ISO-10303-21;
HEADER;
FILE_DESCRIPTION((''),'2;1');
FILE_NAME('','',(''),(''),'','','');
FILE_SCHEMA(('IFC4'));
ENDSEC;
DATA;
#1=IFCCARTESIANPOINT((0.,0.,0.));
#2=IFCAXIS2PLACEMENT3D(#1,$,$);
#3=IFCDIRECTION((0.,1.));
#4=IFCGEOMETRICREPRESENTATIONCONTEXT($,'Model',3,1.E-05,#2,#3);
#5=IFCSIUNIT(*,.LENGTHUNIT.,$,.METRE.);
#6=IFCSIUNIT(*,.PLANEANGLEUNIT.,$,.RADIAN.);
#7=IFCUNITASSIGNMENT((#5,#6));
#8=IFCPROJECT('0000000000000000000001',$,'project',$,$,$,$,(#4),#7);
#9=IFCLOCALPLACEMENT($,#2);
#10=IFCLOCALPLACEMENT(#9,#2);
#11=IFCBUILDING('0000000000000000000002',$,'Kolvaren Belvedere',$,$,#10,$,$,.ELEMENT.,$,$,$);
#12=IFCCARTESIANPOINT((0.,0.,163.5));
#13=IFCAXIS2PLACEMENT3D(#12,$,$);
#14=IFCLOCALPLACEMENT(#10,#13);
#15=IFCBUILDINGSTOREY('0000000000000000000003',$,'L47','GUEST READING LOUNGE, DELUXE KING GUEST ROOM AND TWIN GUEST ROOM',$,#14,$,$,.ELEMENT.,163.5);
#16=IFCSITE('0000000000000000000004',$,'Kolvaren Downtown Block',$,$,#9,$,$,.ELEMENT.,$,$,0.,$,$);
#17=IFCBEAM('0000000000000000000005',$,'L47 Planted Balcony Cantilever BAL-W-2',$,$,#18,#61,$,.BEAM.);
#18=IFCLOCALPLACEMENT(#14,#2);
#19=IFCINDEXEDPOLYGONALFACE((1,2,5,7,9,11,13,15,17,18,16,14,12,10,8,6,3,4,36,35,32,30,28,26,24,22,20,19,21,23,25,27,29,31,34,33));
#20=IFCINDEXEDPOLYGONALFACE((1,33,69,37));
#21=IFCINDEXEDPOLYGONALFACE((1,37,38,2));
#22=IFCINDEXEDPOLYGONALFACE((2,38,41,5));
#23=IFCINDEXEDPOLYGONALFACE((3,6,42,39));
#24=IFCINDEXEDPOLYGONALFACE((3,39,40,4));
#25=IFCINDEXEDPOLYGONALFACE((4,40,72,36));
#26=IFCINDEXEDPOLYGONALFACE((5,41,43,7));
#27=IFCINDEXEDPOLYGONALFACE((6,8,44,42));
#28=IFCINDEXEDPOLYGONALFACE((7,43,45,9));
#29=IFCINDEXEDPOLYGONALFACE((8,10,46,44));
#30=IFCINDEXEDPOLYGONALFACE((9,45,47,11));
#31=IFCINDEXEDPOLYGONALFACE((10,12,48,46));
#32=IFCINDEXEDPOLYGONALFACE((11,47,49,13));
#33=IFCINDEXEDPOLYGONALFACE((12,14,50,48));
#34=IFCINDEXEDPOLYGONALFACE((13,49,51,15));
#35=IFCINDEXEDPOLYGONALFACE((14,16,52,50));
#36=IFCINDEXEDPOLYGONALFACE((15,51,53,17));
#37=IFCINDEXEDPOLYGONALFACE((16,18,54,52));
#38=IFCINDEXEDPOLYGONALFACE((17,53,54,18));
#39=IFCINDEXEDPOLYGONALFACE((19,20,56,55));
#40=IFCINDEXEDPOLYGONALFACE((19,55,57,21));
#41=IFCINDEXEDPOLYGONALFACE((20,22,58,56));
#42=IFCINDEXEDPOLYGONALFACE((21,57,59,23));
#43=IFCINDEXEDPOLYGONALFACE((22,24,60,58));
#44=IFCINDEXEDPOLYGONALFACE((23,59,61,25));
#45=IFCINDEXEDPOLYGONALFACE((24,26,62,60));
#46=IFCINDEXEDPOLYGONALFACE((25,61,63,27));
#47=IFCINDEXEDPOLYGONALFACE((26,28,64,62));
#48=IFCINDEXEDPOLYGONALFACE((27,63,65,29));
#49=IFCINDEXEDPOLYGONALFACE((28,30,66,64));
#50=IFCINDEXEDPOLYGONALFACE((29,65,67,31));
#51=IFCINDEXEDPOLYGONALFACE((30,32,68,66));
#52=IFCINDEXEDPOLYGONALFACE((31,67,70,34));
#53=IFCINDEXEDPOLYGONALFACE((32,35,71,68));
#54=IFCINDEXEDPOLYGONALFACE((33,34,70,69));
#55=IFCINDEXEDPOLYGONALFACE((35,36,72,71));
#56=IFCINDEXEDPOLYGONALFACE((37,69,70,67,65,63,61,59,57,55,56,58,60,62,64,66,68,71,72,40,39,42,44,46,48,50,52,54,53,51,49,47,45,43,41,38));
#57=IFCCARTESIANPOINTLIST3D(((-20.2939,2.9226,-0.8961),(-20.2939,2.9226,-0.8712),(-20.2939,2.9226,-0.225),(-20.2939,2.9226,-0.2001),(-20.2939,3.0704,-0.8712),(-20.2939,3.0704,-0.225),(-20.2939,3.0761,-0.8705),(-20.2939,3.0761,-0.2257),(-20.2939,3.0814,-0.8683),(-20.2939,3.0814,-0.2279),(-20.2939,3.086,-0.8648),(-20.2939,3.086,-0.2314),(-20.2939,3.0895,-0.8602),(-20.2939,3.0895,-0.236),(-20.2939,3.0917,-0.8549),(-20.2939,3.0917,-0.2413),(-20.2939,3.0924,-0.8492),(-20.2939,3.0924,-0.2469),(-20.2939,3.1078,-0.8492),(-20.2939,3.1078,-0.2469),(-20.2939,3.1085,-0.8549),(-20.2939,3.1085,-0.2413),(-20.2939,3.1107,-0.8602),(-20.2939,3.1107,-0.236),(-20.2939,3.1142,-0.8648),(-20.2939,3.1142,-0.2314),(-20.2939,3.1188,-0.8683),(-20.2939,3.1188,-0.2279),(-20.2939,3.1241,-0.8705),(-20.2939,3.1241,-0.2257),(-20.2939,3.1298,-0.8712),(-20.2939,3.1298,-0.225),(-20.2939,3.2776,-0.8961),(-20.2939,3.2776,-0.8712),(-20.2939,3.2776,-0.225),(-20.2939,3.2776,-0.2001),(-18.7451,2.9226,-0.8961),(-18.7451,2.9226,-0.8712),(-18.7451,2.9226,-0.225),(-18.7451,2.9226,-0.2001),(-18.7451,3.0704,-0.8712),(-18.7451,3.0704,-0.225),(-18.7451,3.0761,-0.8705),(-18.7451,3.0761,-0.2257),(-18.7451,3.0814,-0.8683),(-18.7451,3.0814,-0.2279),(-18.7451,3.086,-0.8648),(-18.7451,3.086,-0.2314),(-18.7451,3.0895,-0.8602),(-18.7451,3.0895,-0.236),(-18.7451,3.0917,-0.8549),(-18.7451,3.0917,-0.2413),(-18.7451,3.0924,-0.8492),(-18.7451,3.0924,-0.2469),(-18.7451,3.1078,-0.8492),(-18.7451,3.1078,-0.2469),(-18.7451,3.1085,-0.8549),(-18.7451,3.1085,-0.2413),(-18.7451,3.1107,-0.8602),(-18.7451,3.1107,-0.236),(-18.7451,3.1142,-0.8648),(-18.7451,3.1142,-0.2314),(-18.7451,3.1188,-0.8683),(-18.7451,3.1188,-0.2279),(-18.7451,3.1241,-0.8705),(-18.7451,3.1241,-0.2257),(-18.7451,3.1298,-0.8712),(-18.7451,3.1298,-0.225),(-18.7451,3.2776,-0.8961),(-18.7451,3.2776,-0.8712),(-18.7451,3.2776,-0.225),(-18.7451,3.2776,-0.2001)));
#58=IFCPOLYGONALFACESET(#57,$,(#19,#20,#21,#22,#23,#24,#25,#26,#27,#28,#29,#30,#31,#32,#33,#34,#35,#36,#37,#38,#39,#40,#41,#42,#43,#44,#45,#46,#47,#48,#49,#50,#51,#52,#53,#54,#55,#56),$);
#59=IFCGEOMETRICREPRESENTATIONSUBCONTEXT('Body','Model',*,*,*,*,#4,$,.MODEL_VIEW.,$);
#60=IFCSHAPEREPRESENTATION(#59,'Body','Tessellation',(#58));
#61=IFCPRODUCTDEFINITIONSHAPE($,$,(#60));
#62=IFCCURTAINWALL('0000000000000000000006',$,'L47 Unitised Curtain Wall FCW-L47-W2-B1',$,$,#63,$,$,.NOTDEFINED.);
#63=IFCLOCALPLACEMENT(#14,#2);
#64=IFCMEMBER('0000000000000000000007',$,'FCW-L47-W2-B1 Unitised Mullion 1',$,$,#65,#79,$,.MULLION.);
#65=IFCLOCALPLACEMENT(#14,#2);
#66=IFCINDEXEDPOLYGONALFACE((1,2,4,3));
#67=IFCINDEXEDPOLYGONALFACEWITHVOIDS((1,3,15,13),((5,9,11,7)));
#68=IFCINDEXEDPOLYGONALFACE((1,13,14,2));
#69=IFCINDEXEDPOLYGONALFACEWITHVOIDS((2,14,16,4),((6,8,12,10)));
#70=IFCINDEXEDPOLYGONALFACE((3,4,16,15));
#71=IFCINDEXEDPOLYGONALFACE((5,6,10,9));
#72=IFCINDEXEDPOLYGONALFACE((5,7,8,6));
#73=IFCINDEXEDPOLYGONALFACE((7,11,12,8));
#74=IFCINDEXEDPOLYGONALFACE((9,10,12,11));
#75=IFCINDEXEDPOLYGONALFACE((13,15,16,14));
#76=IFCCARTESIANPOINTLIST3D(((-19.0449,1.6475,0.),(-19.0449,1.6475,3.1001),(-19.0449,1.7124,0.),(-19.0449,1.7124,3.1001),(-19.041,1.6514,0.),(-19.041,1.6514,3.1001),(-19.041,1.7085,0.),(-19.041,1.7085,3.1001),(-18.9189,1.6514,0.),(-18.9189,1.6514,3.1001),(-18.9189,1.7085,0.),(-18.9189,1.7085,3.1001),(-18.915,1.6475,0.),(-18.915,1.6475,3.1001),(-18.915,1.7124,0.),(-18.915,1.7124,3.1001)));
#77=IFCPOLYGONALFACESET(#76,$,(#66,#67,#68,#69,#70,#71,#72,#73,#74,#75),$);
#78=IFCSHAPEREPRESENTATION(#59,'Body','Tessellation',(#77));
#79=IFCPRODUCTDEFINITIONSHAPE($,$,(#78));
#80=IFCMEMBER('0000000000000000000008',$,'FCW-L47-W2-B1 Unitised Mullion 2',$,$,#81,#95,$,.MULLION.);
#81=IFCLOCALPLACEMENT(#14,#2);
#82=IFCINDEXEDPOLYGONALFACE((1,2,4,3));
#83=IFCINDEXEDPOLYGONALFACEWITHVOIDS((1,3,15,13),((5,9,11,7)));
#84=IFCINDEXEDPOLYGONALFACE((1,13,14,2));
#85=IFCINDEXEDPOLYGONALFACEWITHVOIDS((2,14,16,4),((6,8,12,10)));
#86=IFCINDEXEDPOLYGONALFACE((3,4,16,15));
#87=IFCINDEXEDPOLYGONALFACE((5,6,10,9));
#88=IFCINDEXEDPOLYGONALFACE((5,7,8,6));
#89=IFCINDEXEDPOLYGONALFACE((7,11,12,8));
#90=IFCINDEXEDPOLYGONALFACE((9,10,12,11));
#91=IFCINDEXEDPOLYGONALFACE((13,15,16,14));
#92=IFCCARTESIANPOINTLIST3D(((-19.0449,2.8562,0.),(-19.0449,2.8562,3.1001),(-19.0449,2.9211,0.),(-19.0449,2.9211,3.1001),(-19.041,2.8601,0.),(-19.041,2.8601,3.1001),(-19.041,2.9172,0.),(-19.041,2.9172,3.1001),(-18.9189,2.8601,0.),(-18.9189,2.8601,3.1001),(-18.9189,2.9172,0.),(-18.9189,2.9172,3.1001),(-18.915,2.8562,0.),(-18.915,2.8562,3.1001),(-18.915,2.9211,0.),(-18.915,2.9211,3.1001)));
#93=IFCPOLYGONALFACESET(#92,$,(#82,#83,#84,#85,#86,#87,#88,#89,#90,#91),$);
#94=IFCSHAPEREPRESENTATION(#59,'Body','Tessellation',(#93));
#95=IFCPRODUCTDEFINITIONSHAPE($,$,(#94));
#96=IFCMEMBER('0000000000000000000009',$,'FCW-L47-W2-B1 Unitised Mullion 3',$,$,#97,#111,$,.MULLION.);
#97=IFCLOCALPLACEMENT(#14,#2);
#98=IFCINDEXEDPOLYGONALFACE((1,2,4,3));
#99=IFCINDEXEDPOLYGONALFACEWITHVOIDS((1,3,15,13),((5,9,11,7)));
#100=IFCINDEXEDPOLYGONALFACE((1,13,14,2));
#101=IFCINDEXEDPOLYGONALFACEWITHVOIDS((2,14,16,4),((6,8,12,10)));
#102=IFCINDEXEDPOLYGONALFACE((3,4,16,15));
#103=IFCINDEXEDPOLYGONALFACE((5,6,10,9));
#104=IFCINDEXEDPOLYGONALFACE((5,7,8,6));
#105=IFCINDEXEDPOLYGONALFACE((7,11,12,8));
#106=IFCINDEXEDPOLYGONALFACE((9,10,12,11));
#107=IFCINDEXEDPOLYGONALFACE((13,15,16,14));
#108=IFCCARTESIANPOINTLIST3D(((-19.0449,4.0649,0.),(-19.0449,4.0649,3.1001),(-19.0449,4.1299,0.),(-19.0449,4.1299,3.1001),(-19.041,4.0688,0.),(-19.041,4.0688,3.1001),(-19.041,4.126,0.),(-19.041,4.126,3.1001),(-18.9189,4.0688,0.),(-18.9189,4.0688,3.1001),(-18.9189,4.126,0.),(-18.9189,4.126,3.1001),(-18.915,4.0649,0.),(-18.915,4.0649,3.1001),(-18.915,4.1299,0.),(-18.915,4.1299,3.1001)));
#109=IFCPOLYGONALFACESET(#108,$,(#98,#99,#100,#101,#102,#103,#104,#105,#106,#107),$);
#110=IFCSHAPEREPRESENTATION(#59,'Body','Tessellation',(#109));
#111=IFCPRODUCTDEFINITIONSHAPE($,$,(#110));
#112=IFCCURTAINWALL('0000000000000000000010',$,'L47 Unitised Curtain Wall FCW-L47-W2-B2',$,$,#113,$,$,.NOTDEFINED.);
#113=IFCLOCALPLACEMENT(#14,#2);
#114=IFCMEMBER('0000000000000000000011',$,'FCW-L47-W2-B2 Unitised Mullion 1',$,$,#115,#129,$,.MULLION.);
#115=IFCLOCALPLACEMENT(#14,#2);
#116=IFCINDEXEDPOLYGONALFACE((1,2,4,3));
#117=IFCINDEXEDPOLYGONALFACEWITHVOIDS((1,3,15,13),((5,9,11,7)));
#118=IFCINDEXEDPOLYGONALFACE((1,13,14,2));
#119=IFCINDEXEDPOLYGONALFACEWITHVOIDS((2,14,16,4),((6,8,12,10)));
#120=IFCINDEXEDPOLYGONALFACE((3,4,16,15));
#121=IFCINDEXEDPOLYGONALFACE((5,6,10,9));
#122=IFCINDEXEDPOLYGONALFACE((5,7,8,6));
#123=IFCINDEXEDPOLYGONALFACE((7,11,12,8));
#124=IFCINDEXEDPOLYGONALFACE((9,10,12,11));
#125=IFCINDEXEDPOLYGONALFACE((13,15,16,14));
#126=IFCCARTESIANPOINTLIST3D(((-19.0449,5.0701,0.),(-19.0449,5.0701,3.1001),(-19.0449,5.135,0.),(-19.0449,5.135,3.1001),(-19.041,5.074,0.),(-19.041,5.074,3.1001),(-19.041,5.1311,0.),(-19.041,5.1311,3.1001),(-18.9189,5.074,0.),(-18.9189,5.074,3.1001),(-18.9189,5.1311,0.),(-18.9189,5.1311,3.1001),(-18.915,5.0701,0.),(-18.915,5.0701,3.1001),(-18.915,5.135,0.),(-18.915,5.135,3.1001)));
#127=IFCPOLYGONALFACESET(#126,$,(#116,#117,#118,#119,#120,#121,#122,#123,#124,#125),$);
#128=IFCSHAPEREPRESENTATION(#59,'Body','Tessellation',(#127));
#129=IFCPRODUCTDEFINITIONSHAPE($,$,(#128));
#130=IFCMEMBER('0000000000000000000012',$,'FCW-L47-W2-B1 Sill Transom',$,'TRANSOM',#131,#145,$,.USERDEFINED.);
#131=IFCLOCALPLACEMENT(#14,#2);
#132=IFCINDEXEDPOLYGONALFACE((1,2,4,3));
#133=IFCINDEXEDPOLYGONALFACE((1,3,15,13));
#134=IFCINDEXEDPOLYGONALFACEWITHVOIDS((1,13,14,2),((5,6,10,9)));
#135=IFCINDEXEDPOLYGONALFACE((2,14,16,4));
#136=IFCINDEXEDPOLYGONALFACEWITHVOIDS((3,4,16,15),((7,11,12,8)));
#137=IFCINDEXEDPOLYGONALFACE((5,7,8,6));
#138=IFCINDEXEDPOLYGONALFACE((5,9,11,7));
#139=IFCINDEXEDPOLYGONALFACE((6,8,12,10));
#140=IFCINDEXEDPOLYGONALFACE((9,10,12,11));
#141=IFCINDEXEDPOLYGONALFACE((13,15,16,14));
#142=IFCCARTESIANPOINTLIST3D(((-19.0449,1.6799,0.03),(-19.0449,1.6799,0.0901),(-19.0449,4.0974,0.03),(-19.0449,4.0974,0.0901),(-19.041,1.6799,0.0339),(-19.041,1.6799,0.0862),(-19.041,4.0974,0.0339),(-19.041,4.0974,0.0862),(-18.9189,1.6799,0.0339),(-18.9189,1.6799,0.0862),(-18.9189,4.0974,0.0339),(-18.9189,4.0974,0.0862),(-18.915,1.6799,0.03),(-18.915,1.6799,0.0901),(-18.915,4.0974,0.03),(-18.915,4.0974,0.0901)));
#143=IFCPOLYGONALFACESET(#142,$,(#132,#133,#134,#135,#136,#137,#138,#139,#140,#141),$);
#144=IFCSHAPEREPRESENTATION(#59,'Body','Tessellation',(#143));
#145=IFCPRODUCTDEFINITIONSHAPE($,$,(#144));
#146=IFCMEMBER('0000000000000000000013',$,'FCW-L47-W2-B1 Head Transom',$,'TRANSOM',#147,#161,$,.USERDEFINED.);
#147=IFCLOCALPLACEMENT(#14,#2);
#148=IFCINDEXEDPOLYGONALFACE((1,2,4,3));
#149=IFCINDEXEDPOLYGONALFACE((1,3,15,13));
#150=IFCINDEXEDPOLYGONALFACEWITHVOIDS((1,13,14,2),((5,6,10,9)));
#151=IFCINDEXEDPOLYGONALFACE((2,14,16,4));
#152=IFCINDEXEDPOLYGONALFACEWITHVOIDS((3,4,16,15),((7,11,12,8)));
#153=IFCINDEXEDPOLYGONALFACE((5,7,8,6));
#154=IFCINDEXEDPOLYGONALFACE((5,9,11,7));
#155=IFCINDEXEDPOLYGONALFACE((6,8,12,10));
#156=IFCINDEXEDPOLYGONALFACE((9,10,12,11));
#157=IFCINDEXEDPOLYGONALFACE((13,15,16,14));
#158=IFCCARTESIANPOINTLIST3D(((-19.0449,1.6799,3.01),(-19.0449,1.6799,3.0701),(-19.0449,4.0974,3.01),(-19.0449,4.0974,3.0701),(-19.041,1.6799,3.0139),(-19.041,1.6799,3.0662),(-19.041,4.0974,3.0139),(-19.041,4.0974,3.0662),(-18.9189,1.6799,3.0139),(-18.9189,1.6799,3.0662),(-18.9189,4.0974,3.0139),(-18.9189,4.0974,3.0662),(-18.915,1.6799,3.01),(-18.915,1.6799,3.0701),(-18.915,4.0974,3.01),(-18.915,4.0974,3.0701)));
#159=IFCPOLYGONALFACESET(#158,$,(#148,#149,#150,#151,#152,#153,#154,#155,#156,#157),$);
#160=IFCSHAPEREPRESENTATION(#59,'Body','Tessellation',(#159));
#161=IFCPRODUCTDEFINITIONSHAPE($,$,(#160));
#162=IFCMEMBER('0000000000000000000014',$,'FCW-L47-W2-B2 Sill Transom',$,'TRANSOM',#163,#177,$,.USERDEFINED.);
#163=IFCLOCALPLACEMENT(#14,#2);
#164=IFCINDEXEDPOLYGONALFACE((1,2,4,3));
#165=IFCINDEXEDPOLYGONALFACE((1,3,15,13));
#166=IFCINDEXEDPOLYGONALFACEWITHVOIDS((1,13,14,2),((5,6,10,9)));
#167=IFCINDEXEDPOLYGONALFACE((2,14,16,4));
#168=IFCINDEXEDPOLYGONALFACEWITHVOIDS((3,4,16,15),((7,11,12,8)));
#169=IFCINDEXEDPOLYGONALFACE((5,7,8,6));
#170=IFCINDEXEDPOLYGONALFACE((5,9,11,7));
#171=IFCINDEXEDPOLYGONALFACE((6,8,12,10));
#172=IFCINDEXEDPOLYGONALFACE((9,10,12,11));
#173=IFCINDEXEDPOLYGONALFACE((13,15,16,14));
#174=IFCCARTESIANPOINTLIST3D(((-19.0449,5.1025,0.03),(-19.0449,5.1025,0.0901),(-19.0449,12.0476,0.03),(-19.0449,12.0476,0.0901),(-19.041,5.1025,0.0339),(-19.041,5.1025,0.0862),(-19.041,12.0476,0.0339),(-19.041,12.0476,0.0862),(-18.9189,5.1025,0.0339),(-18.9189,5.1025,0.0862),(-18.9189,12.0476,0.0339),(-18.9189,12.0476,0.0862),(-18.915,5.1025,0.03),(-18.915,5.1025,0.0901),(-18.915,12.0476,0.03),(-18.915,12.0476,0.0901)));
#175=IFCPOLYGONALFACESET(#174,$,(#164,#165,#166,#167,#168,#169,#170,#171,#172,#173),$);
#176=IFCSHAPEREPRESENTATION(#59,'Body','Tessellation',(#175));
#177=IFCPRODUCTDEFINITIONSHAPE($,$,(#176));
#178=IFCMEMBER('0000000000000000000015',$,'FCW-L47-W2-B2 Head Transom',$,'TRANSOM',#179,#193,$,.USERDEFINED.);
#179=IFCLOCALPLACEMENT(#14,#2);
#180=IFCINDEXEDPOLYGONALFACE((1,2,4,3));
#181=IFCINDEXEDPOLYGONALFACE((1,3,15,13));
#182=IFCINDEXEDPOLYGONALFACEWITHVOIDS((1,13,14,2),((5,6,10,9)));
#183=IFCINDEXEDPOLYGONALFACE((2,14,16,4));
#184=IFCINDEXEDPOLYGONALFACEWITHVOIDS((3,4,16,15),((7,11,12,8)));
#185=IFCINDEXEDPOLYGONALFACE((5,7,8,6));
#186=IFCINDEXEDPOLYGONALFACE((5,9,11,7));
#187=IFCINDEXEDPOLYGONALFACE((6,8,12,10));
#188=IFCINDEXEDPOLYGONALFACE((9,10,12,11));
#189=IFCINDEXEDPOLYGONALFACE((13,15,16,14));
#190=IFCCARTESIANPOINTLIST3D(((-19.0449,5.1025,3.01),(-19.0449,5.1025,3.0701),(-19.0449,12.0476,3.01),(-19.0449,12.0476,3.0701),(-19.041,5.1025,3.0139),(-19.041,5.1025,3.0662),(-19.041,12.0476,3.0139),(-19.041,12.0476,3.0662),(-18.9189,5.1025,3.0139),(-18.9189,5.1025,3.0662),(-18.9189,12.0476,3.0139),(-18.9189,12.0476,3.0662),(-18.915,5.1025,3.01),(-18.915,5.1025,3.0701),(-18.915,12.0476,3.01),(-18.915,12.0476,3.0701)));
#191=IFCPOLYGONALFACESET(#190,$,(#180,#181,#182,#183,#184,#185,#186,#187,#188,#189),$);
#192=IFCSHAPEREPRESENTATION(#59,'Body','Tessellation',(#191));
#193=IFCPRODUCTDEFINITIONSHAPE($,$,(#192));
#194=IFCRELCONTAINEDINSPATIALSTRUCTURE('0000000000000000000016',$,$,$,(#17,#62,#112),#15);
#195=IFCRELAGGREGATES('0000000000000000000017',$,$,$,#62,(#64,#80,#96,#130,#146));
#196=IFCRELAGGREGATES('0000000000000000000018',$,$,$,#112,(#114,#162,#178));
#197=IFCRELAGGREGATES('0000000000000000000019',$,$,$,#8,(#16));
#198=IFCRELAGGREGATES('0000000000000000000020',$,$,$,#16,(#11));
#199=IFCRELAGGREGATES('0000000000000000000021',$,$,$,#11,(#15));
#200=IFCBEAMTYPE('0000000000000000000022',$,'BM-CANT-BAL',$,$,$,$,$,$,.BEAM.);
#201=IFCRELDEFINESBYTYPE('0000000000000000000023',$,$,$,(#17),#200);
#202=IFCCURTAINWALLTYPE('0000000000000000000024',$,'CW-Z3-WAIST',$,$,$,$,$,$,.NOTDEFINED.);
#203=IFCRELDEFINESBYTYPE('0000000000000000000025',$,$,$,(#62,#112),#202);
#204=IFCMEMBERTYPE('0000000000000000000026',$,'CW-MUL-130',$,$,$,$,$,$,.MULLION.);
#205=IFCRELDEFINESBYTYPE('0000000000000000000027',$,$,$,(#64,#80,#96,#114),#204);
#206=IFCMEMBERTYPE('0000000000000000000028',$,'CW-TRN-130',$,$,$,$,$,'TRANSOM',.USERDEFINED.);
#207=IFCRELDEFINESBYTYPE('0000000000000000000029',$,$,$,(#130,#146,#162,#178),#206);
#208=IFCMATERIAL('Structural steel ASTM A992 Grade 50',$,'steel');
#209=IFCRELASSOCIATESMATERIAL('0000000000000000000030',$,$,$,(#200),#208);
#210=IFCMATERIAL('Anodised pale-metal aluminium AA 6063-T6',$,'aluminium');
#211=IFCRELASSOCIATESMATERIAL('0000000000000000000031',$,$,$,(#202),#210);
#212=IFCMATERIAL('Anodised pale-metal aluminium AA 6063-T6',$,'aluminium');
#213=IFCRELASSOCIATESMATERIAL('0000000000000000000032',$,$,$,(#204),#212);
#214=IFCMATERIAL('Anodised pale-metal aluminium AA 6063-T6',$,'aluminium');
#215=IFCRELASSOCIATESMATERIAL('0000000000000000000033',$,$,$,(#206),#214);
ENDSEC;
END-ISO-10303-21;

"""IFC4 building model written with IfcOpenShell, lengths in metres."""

from ifc_helpers import new_model, si_unit, direction, frame, origin, origin_2d, place, context, subcontext, project, spatial, hollow_rectangle, i_section, extrude, material, material_profile, profile_set, type_object, element, aggregate, save


model = new_model("IFC4")

# Units and contexts
model_context = context("Model", 3, precision=1e-05, world=origin(), true_north=direction((0.0, 1.0)))
body_context = subcontext(model_context, "Body", "Model", "MODEL_VIEW")
ifc_project = project(units=[si_unit("LENGTHUNIT", "METRE"), si_unit("PLANEANGLEUNIT", "RADIAN")], contexts=[model_context])

# Site, building, storey
site_placement = place(None, origin())
site = spatial("IfcSite", under=ifc_project, at=site_placement, Name="Kolvaren Downtown Block", CompositionType="ELEMENT", RefElevation=0.0)
building_placement = place(site_placement, origin())
building = spatial("IfcBuilding", under=site, at=building_placement, Name="Kolvaren Belvedere", CompositionType="ELEMENT")
storey_placement = place(building_placement, frame((0.0, 0.0, 163.5)))
storey = spatial("IfcBuildingStorey", under=building, at=storey_placement, Name="L47", Description="GUEST READING LOUNGE, DELUXE KING GUEST ROOM AND TWIN GUEST ROOM", CompositionType="ELEMENT", Elevation=163.5)

# Beam
ifc_material_1 = material(Name="Structural steel ASTM A992 Grade 50", Category="steel")
ifc_material_profile_1 = material_profile(ifc_material_1, i_section(OverallWidth=0.355, OverallDepth=0.696, WebThickness=0.0154, FlangeThickness=0.0249, FilletRadius=0.022, at=origin_2d()), Name="W27X146")
ifc_profile_set_1 = profile_set([ifc_material_profile_1], Name="Structural steel ASTM A992 Grade 50")
beam_type = type_object("IfcBeamType", Name="BM-CANT-BAL", PredefinedType="BEAM", material=ifc_profile_set_1)
beam_placement = place(storey_placement, frame((-18.7451, 3.1001, -0.5481), z_axis=(-1.0, 0.0, 0.0), x_axis=(0.0, -1.0, 0.0)))
element("IfcBeam", 1, at=beam_placement, inside=storey, type_object=beam_type, Name="L47 Planted Balcony Cantilever BAL-W-2", PredefinedType="BEAM", context=body_context, shape_type="SweptSolid", body=[
    extrude(i_section(OverallWidth=0.355, OverallDepth=0.696, WebThickness=0.0154, FlangeThickness=0.0249, FilletRadius=0.022, at=origin_2d()), origin(), (0.0, 0.0, 1.0), 1.5488),
])

# Curtain wall, members
ifc_material_2 = material(Name="Anodised pale-metal aluminium AA 6063-T6", Category="aluminium")
curtain_wall_type = type_object("IfcCurtainWallType", Name="CW-Z3-WAIST", PredefinedType="NOTDEFINED", material=ifc_material_2)
curtain_wall_1_placement = place(storey_placement, origin())
curtain_wall_1 = element("IfcCurtainWall", 2, at=curtain_wall_1_placement, inside=storey, type_object=curtain_wall_type, Name="L47 Unitised Curtain Wall FCW-L47-W2-B1", PredefinedType="NOTDEFINED")
ifc_material_3 = material(Name="Anodised pale-metal aluminium AA 6063-T6", Category="aluminium")
ifc_material_profile_2 = material_profile(ifc_material_3, hollow_rectangle(XDim=0.0649, YDim=0.1299, WallThickness=0.0039, at=origin_2d()), Name="ALU-MUL-130X65")
ifc_profile_set_2 = profile_set([ifc_material_profile_2], Name="Anodised pale-metal aluminium AA 6063-T6")
member_type_1 = type_object("IfcMemberType", Name="CW-MUL-130", PredefinedType="MULLION", material=ifc_profile_set_2)
member_1_placement = place(storey_placement, frame((-18.98, 1.6799, 0.0), z_axis=(0.0, 0.0, 1.0), x_axis=(0.0, 1.0, 0.0)))
member_1 = element("IfcMember", 3, at=member_1_placement, type_object=member_type_1, Name="FCW-L47-W2-B1 Unitised Mullion 1", PredefinedType="MULLION", context=body_context, shape_type="SweptSolid", body=[
    extrude(hollow_rectangle(XDim=0.0649, YDim=0.1299, WallThickness=0.0039, at=origin_2d()), origin(), (0.0, 0.0, 1.0), 3.1001),
])
member_2_placement = place(storey_placement, frame((-18.98, 2.8887, 0.0), z_axis=(0.0, 0.0, 1.0), x_axis=(0.0, 1.0, 0.0)))
member_2 = element("IfcMember", 4, at=member_2_placement, type_object=member_type_1, Name="FCW-L47-W2-B1 Unitised Mullion 2", PredefinedType="MULLION", context=body_context, shape_type="SweptSolid", body=[
    extrude(hollow_rectangle(XDim=0.0649, YDim=0.1299, WallThickness=0.0039, at=origin_2d()), origin(), (0.0, 0.0, 1.0), 3.1001),
])
member_3_placement = place(storey_placement, frame((-18.98, 4.0974, 0.0), z_axis=(0.0, 0.0, 1.0), x_axis=(0.0, 1.0, 0.0)))
member_3 = element("IfcMember", 5, at=member_3_placement, type_object=member_type_1, Name="FCW-L47-W2-B1 Unitised Mullion 3", PredefinedType="MULLION", context=body_context, shape_type="SweptSolid", body=[
    extrude(hollow_rectangle(XDim=0.0649, YDim=0.1299, WallThickness=0.0039, at=origin_2d()), origin(), (0.0, 0.0, 1.0), 3.1001),
])

# Curtain wall, member
curtain_wall_2_placement = place(storey_placement, origin())
curtain_wall_2 = element("IfcCurtainWall", 6, at=curtain_wall_2_placement, inside=storey, type_object=curtain_wall_type, Name="L47 Unitised Curtain Wall FCW-L47-W2-B2", PredefinedType="NOTDEFINED")
member_4_placement = place(storey_placement, frame((-18.98, 5.1025, 0.0), z_axis=(0.0, 0.0, 1.0), x_axis=(0.0, 1.0, 0.0)))
member_4 = element("IfcMember", 7, at=member_4_placement, type_object=member_type_1, Name="FCW-L47-W2-B2 Unitised Mullion 1", PredefinedType="MULLION", context=body_context, shape_type="SweptSolid", body=[
    extrude(hollow_rectangle(XDim=0.0649, YDim=0.1299, WallThickness=0.0039, at=origin_2d()), origin(), (0.0, 0.0, 1.0), 3.1001),
])

# Members
ifc_material_4 = material(Name="Anodised pale-metal aluminium AA 6063-T6", Category="aluminium")
ifc_material_profile_3 = material_profile(ifc_material_4, hollow_rectangle(XDim=0.0601, YDim=0.1299, WallThickness=0.0039, at=origin_2d()), Name="ALU-TRN-130X60")
ifc_profile_set_3 = profile_set([ifc_material_profile_3], Name="Anodised pale-metal aluminium AA 6063-T6")
member_type_2 = type_object("IfcMemberType", Name="CW-TRN-130", ElementType="TRANSOM", PredefinedType="USERDEFINED", material=ifc_profile_set_3)
member_5_placement = place(storey_placement, frame((-18.98, 1.6799, 0.0601), z_axis=(0.0, 1.0, 0.0), x_axis=(0.0, 0.0, 1.0)))
member_5 = element("IfcMember", 8, at=member_5_placement, type_object=member_type_2, Name="FCW-L47-W2-B1 Sill Transom", ObjectType="TRANSOM", PredefinedType="USERDEFINED", context=body_context, shape_type="SweptSolid", body=[
    extrude(hollow_rectangle(XDim=0.0601, YDim=0.1299, WallThickness=0.0039, at=origin_2d()), origin(), (0.0, 0.0, 1.0), 2.4175),
])
member_6_placement = place(storey_placement, frame((-18.98, 1.6799, 3.04), z_axis=(0.0, 1.0, 0.0), x_axis=(0.0, 0.0, 1.0)))
member_6 = element("IfcMember", 9, at=member_6_placement, type_object=member_type_2, Name="FCW-L47-W2-B1 Head Transom", ObjectType="TRANSOM", PredefinedType="USERDEFINED", context=body_context, shape_type="SweptSolid", body=[
    extrude(hollow_rectangle(XDim=0.0601, YDim=0.1299, WallThickness=0.0039, at=origin_2d()), origin(), (0.0, 0.0, 1.0), 2.4175),
])
member_7_placement = place(storey_placement, frame((-18.98, 5.1025, 0.0601), z_axis=(0.0, 1.0, 0.0), x_axis=(0.0, 0.0, 1.0)))
member_7 = element("IfcMember", 10, at=member_7_placement, type_object=member_type_2, Name="FCW-L47-W2-B2 Sill Transom", ObjectType="TRANSOM", PredefinedType="USERDEFINED", context=body_context, shape_type="SweptSolid", body=[
    extrude(hollow_rectangle(XDim=0.0601, YDim=0.1299, WallThickness=0.0039, at=origin_2d()), origin(), (0.0, 0.0, 1.0), 6.9451),
])
member_8_placement = place(storey_placement, frame((-18.98, 5.1025, 3.04), z_axis=(0.0, 1.0, 0.0), x_axis=(0.0, 0.0, 1.0)))
member_8 = element("IfcMember", 11, at=member_8_placement, type_object=member_type_2, Name="FCW-L47-W2-B2 Head Transom", ObjectType="TRANSOM", PredefinedType="USERDEFINED", context=body_context, shape_type="SweptSolid", body=[
    extrude(hollow_rectangle(XDim=0.0601, YDim=0.1299, WallThickness=0.0039, at=origin_2d()), origin(), (0.0, 0.0, 1.0), 6.9451),
])

aggregate(curtain_wall_1, [member_1, member_2, member_3, member_5, member_6])
aggregate(curtain_wall_2, [member_4, member_7, member_8])

save(model, "model.ifc")
